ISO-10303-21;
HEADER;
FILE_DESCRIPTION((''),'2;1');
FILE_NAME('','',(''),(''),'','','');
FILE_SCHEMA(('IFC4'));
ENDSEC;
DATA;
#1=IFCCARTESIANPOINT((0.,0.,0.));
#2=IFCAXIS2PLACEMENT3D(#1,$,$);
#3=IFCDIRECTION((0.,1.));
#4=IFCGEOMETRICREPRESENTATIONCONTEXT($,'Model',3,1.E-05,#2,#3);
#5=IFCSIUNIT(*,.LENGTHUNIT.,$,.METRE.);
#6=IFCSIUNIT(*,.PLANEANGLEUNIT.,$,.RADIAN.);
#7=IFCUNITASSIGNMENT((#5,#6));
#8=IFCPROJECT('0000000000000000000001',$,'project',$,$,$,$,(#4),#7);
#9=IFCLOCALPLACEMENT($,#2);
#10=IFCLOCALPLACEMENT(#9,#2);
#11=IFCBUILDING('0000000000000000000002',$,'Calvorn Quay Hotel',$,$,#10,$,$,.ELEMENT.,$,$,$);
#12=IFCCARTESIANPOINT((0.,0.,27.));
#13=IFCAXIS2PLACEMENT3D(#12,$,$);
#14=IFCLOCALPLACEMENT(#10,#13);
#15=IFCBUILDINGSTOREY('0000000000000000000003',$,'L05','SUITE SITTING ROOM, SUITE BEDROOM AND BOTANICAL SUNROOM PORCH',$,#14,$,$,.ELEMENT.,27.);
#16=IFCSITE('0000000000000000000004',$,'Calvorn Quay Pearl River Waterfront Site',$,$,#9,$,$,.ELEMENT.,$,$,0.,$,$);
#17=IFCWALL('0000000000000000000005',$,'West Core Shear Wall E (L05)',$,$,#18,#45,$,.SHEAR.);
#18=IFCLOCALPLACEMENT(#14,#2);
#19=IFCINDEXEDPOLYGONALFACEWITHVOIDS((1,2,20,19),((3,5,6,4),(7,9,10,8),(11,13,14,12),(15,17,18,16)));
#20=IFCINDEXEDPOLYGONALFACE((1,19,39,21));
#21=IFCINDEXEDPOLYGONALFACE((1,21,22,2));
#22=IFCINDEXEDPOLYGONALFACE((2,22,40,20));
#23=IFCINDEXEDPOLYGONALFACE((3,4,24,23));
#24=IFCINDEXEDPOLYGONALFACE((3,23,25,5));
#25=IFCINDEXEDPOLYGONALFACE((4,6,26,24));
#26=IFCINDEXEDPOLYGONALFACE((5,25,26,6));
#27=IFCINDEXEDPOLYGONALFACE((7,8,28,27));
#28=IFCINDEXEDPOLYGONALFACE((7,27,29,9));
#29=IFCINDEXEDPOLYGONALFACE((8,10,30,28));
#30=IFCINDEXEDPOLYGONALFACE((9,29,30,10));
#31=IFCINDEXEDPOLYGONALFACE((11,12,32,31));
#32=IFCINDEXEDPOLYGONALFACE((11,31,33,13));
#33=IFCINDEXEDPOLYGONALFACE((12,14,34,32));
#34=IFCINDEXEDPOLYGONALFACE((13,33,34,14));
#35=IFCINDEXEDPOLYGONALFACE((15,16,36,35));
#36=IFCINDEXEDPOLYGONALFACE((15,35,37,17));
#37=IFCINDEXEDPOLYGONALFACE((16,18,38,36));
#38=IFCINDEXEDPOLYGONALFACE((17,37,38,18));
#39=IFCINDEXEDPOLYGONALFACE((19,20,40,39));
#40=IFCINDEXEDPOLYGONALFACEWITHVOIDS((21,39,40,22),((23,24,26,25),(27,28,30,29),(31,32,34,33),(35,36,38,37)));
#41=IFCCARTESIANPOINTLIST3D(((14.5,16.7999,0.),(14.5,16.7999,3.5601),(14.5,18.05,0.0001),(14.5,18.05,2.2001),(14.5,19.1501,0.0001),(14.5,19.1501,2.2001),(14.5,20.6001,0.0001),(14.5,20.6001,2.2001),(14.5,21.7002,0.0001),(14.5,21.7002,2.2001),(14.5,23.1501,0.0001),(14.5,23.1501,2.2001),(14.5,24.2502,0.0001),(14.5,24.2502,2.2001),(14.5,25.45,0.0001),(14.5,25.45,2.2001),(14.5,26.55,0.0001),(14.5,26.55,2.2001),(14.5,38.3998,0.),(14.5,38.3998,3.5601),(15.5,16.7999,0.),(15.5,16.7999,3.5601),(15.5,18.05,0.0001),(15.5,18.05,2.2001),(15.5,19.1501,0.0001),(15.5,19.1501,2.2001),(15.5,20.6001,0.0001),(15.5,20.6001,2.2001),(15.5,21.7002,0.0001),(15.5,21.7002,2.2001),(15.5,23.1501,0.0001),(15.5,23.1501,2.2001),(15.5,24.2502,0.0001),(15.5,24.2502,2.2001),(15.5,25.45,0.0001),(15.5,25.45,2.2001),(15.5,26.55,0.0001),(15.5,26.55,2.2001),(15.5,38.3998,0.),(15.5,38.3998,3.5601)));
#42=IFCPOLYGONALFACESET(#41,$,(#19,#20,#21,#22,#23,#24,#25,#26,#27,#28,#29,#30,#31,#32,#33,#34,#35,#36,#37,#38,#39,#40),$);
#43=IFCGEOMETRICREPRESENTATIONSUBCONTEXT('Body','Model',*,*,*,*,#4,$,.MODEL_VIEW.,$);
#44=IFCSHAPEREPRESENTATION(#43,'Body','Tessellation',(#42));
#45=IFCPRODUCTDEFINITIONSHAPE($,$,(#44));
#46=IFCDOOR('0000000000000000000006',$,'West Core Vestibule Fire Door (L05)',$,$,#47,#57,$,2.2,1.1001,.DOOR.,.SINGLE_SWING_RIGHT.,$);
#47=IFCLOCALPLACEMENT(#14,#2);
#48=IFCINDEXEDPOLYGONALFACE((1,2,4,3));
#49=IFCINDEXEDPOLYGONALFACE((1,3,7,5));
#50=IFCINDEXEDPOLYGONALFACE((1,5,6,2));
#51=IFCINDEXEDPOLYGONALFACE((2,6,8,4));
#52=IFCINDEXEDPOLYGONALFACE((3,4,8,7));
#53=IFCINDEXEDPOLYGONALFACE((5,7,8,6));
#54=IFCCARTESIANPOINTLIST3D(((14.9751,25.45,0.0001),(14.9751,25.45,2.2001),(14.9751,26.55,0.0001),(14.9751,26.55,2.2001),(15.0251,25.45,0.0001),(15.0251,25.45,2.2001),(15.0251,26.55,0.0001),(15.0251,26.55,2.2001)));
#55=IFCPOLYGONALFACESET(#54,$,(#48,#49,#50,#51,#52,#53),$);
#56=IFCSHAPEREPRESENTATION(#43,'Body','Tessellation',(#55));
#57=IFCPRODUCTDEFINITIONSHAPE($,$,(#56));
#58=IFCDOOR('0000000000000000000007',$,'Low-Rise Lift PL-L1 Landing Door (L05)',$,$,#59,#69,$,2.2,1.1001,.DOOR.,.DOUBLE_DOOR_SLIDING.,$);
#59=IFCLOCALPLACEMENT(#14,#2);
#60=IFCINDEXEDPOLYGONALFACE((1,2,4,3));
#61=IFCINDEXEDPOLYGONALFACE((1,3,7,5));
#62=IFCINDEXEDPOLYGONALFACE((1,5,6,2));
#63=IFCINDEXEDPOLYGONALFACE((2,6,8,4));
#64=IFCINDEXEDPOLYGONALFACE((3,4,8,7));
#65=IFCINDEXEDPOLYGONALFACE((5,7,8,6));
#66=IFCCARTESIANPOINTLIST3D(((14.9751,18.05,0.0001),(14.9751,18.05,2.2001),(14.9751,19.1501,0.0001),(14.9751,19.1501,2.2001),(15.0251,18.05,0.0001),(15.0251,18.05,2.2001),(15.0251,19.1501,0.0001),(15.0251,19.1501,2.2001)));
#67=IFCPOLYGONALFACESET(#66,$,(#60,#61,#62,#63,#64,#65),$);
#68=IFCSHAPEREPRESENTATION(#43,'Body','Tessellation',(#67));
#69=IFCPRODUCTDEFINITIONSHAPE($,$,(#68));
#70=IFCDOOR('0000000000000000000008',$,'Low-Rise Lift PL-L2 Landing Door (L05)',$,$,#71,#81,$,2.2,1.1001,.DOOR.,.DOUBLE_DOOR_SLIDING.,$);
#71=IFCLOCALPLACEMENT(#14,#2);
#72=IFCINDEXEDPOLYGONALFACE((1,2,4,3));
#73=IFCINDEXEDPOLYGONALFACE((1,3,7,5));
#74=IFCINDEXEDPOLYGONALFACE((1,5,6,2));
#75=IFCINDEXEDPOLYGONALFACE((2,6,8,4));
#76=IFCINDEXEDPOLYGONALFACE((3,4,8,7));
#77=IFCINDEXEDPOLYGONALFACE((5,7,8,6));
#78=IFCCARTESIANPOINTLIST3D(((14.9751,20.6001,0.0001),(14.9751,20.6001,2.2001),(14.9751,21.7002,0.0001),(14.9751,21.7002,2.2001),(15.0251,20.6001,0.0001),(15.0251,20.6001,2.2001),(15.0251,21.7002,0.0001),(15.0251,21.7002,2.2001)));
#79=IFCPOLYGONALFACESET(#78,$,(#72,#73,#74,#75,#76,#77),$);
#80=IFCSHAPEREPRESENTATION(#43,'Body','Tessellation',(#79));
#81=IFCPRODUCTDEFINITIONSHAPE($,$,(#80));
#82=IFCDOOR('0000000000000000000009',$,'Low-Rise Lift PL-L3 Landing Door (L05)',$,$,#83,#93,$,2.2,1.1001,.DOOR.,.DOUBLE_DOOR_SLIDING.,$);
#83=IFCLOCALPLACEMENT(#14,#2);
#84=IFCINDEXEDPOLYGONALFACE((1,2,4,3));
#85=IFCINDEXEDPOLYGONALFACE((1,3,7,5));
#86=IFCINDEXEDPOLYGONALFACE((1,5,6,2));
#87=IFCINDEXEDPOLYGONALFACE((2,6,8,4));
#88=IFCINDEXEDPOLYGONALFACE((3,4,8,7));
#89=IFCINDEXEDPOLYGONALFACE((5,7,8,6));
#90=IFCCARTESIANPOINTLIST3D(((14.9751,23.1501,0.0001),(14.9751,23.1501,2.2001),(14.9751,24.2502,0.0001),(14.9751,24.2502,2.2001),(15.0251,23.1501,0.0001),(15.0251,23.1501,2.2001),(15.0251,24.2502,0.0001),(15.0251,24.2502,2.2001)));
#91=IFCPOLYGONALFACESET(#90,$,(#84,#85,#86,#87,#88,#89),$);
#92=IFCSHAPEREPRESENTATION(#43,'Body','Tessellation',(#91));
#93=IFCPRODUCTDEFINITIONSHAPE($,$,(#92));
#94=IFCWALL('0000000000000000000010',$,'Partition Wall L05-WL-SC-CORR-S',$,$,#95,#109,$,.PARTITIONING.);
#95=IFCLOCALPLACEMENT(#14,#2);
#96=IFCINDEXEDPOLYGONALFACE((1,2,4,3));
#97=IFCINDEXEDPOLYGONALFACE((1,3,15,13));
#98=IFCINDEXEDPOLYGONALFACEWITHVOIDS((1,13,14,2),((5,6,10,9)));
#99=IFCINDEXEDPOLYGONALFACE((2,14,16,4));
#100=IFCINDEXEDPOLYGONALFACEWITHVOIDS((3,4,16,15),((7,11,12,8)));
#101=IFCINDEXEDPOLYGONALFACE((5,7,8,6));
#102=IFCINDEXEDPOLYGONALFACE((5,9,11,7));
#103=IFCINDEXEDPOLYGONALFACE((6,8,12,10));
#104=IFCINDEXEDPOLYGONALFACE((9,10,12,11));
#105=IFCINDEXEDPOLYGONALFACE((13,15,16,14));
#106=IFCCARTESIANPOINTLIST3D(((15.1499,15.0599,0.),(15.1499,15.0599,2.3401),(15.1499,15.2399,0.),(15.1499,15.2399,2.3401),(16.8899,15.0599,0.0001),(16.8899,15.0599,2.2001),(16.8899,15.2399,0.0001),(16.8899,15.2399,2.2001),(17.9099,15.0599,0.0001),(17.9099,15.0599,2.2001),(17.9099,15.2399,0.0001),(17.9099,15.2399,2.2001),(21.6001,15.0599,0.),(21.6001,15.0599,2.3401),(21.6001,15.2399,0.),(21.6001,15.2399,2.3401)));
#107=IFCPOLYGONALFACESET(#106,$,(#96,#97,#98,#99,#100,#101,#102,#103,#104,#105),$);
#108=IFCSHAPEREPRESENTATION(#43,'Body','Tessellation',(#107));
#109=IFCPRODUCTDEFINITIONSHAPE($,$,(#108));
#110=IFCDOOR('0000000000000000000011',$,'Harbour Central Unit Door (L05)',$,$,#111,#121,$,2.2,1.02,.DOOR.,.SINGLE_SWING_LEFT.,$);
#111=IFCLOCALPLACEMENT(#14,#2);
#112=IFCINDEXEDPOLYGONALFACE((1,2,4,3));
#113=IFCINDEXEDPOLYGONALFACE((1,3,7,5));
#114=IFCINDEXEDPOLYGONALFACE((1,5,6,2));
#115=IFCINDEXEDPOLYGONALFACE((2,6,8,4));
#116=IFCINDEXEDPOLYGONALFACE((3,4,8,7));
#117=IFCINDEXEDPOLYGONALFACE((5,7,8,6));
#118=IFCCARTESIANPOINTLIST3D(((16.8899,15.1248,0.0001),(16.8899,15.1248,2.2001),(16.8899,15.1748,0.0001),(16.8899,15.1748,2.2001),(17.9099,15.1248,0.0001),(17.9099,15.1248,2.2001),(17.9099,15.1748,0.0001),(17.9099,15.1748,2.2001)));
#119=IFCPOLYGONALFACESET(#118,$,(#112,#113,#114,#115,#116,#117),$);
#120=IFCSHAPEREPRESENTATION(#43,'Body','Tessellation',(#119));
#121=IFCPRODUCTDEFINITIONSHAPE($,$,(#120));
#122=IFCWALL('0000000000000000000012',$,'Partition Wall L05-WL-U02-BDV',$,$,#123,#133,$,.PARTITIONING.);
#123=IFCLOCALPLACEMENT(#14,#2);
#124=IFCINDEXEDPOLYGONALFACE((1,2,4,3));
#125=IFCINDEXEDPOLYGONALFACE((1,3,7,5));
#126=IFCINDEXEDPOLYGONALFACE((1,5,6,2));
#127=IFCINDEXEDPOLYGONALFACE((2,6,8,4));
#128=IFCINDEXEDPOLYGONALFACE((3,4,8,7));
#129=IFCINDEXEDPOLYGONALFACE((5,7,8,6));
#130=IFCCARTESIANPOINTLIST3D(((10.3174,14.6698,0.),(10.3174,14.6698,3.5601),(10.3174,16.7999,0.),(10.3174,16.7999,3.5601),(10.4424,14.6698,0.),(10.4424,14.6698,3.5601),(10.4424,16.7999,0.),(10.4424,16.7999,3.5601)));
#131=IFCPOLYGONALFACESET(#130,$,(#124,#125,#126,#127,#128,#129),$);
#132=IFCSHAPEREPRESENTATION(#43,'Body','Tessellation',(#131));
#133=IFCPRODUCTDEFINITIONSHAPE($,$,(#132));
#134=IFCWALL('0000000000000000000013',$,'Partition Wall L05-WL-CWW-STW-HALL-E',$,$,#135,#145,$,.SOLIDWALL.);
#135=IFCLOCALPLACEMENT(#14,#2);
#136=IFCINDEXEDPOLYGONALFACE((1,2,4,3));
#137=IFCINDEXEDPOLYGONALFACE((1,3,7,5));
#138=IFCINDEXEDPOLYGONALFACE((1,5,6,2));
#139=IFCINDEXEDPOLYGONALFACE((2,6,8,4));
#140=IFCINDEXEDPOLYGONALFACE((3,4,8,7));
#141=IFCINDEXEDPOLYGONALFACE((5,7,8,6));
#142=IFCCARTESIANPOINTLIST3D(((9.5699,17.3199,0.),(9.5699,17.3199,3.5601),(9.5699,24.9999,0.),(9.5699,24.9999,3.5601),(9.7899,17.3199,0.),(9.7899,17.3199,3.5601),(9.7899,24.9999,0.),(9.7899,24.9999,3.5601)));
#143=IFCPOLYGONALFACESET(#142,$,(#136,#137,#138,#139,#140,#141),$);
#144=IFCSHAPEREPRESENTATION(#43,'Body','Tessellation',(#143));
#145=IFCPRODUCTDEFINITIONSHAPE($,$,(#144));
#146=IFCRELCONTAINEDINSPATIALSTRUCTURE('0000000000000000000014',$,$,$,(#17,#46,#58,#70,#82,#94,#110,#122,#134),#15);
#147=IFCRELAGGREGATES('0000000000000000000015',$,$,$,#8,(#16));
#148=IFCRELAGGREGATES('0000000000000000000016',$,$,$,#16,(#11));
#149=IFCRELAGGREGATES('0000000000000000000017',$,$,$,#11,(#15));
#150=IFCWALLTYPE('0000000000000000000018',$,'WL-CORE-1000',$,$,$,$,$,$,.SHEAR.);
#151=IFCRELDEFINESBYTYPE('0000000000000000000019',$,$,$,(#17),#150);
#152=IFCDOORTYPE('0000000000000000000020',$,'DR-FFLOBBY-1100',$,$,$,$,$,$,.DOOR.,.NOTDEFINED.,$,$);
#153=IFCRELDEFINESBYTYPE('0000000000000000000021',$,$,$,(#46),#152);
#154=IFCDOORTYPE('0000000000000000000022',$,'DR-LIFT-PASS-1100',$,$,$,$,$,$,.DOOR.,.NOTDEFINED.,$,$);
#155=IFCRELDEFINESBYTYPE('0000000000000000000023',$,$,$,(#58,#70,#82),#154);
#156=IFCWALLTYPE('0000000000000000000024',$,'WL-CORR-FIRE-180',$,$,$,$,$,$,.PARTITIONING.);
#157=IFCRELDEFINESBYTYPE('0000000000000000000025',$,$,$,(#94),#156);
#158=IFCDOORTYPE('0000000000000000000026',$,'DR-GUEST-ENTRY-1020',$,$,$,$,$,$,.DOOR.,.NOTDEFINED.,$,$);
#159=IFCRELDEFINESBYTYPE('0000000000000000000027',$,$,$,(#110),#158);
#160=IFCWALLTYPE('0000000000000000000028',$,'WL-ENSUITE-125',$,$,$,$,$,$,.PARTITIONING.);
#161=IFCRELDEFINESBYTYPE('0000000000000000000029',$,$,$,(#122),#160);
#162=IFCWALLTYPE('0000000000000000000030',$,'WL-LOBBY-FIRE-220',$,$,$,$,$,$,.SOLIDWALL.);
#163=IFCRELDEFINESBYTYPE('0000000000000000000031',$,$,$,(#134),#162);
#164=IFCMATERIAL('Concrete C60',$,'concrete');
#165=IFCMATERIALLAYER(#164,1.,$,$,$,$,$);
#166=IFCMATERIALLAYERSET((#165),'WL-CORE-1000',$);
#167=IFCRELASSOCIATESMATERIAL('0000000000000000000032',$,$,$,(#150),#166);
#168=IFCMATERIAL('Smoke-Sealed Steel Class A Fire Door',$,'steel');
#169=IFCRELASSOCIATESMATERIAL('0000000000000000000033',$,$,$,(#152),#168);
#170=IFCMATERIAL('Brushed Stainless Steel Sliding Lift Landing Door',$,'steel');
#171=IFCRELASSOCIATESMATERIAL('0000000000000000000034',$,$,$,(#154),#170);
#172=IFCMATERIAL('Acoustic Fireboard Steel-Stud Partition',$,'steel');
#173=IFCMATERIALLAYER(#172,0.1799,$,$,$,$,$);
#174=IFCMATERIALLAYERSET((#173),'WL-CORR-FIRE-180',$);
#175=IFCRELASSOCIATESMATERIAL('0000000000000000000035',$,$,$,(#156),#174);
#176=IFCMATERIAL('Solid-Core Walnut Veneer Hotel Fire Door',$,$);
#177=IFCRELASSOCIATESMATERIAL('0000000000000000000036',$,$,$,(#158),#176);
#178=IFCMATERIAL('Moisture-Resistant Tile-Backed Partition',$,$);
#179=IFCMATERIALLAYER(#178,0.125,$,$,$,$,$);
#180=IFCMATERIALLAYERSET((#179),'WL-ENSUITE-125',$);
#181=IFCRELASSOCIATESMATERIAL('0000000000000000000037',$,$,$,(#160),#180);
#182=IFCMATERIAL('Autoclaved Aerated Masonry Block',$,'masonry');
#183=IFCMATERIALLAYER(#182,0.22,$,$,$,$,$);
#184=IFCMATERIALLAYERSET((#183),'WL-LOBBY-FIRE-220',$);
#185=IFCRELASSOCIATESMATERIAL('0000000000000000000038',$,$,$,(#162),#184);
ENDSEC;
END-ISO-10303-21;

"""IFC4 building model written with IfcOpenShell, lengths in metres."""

from ifc_helpers import new_model, si_unit, direction, frame, frame_2d, origin, place, context, subcontext, project, spatial, rectangle, extrude, material, layer, layer_set, type_object, element, fill, save


model = new_model("IFC4")

# Units and contexts
model_context = context("Model", 3, precision=1e-05, world=origin(), true_north=direction((0.0, 1.0)))
body_context = subcontext(model_context, "Body", "Model", "MODEL_VIEW")
ifc_project = project(units=[si_unit("LENGTHUNIT", "METRE"), si_unit("PLANEANGLEUNIT", "RADIAN")], contexts=[model_context])

# Site, building, storey
site_placement = place(None, origin())
site = spatial("IfcSite", under=ifc_project, at=site_placement, Name="Calvorn Quay Pearl River Waterfront Site", CompositionType="ELEMENT", RefElevation=0.0)
building_placement = place(site_placement, origin())
building = spatial("IfcBuilding", under=site, at=building_placement, Name="Calvorn Quay Hotel", CompositionType="ELEMENT")
storey_placement = place(building_placement, frame((0.0, 0.0, 27.0)))
storey = spatial("IfcBuildingStorey", under=building, at=storey_placement, Name="L05", Description="SUITE SITTING ROOM, SUITE BEDROOM AND BOTANICAL SUNROOM PORCH", CompositionType="ELEMENT", Elevation=27.0)

# Wall, openings, doors
ifc_material_1 = material(Name="Concrete C60", Category="concrete")
ifc_layer_1 = layer(ifc_material_1, 1.0)
ifc_layer_set_1 = layer_set([ifc_layer_1], Name="WL-CORE-1000")
wall_type_1 = type_object("IfcWallType", Name="WL-CORE-1000", PredefinedType="SHEAR", material=ifc_layer_set_1)
wall_1_placement = place(storey_placement, frame((15.0, 16.8, 0.0), z_axis=(0.0, 0.0, 1.0), x_axis=(0.0, 1.0, 0.0)))
wall_1 = element("IfcWall", 1, at=wall_1_placement, inside=storey, type_object=wall_type_1, Name="West Core Shear Wall E (L05)", PredefinedType="SHEAR", context=body_context, shape_type="SweptSolid", body=[
    extrude(rectangle(XDim=21.5999, YDim=1.0, at=frame_2d((10.7998, 0.0))), origin(), (0.0, 0.0, 1.0), 3.5601),
])
opening_1_placement = place(wall_1_placement, frame((8.6499, 0.0, 0.0)))
opening_1 = element("IfcOpeningElement", 2, at=opening_1_placement, cuts=wall_1, PredefinedType="OPENING", context=body_context, shape_type="SweptSolid", body=[
    extrude(rectangle(XDim=1.1001, YDim=2.2, at=frame_2d((0.55, 1.1001))), frame((0.0, 0.51, 0.0), z_axis=(0.0, -1.0, 0.0), x_axis=(1.0, 0.0, 0.0)), (0.0, 0.0, 1.0), 1.02),
])
opening_2_placement = place(wall_1_placement, frame((1.25, 0.0, 0.0)))
opening_2 = element("IfcOpeningElement", 3, at=opening_2_placement, cuts=wall_1, PredefinedType="OPENING", context=body_context, shape_type="SweptSolid", body=[
    extrude(rectangle(XDim=1.1001, YDim=2.2, at=frame_2d((0.55, 1.1001))), frame((0.0, 0.51, 0.0), z_axis=(0.0, -1.0, 0.0), x_axis=(1.0, 0.0, 0.0)), (0.0, 0.0, 1.0), 1.02),
])
opening_3_placement = place(wall_1_placement, frame((3.8, 0.0, 0.0)))
opening_3 = element("IfcOpeningElement", 4, at=opening_3_placement, cuts=wall_1, PredefinedType="OPENING", context=body_context, shape_type="SweptSolid", body=[
    extrude(rectangle(XDim=1.1001, YDim=2.2, at=frame_2d((0.55, 1.1001))), frame((0.0, 0.51, 0.0), z_axis=(0.0, -1.0, 0.0), x_axis=(1.0, 0.0, 0.0)), (0.0, 0.0, 1.0), 1.02),
])
opening_4_placement = place(wall_1_placement, frame((6.3501, 0.0, 0.0)))
opening_4 = element("IfcOpeningElement", 5, at=opening_4_placement, cuts=wall_1, PredefinedType="OPENING", context=body_context, shape_type="SweptSolid", body=[
    extrude(rectangle(XDim=1.1001, YDim=2.2, at=frame_2d((0.55, 1.1001))), frame((0.0, 0.51, 0.0), z_axis=(0.0, -1.0, 0.0), x_axis=(1.0, 0.0, 0.0)), (0.0, 0.0, 1.0), 1.02),
])
ifc_material_2 = material(Name="Smoke-Sealed Steel Class A Fire Door", Category="steel")
door_type_1 = type_object("IfcDoorType", Name="DR-FFLOBBY-1100", OperationType="NOTDEFINED", PredefinedType="DOOR", material=ifc_material_2)
door_1_placement = place(opening_1_placement, origin())
door_1 = element("IfcDoor", 6, at=door_1_placement, inside=storey, type_object=door_type_1, Name="West Core Vestibule Fire Door (L05)", OperationType="SINGLE_SWING_RIGHT", OverallHeight=2.2, OverallWidth=1.1001, PredefinedType="DOOR", context=body_context, shape_type="SweptSolid", body=[
    extrude(rectangle(XDim=1.1001, YDim=2.2, at=frame_2d((0.55, 1.1001))), frame((0.0, 0.0249, 0.0), z_axis=(0.0, -1.0, 0.0), x_axis=(1.0, 0.0, 0.0)), (0.0, 0.0, 1.0), 0.05),
])
fill(opening_1, door_1)
ifc_material_3 = material(Name="Brushed Stainless Steel Sliding Lift Landing Door", Category="steel")
door_type_2 = type_object("IfcDoorType", Name="DR-LIFT-PASS-1100", OperationType="NOTDEFINED", PredefinedType="DOOR", material=ifc_material_3)
door_2_placement = place(opening_2_placement, origin())
door_2 = element("IfcDoor", 7, at=door_2_placement, inside=storey, type_object=door_type_2, Name="Low-Rise Lift PL-L1 Landing Door (L05)", OperationType="DOUBLE_DOOR_SLIDING", OverallHeight=2.2, OverallWidth=1.1001, PredefinedType="DOOR", context=body_context, shape_type="SweptSolid", body=[
    extrude(rectangle(XDim=1.1001, YDim=2.2, at=frame_2d((0.55, 1.1001))), frame((0.0, 0.0249, 0.0), z_axis=(0.0, -1.0, 0.0), x_axis=(1.0, 0.0, 0.0)), (0.0, 0.0, 1.0), 0.05),
])
fill(opening_2, door_2)
door_3_placement = place(opening_3_placement, origin())
door_3 = element("IfcDoor", 8, at=door_3_placement, inside=storey, type_object=door_type_2, Name="Low-Rise Lift PL-L2 Landing Door (L05)", OperationType="DOUBLE_DOOR_SLIDING", OverallHeight=2.2, OverallWidth=1.1001, PredefinedType="DOOR", context=body_context, shape_type="SweptSolid", body=[
    extrude(rectangle(XDim=1.1001, YDim=2.2, at=frame_2d((0.55, 1.1001))), frame((0.0, 0.0249, 0.0), z_axis=(0.0, -1.0, 0.0), x_axis=(1.0, 0.0, 0.0)), (0.0, 0.0, 1.0), 0.05),
])
fill(opening_3, door_3)
door_4_placement = place(opening_4_placement, origin())
door_4 = element("IfcDoor", 9, at=door_4_placement, inside=storey, type_object=door_type_2, Name="Low-Rise Lift PL-L3 Landing Door (L05)", OperationType="DOUBLE_DOOR_SLIDING", OverallHeight=2.2, OverallWidth=1.1001, PredefinedType="DOOR", context=body_context, shape_type="SweptSolid", body=[
    extrude(rectangle(XDim=1.1001, YDim=2.2, at=frame_2d((0.55, 1.1001))), frame((0.0, 0.0249, 0.0), z_axis=(0.0, -1.0, 0.0), x_axis=(1.0, 0.0, 0.0)), (0.0, 0.0, 1.0), 0.05),
])
fill(opening_4, door_4)

# Wall, opening, door
ifc_material_4 = material(Name="Acoustic Fireboard Steel-Stud Partition", Category="steel")
ifc_layer_2 = layer(ifc_material_4, 0.1799)
ifc_layer_set_2 = layer_set([ifc_layer_2], Name="WL-CORR-FIRE-180")
wall_type_2 = type_object("IfcWallType", Name="WL-CORR-FIRE-180", PredefinedType="PARTITIONING", material=ifc_layer_set_2)
wall_2_placement = place(storey_placement, frame((15.1499, 15.1499, 0.0), z_axis=(0.0, 0.0, 1.0), x_axis=(1.0, 0.0, 0.0)))
wall_2 = element("IfcWall", 10, at=wall_2_placement, inside=storey, type_object=wall_type_2, Name="Partition Wall L05-WL-SC-CORR-S", PredefinedType="PARTITIONING", context=body_context, shape_type="SweptSolid", body=[
    extrude(rectangle(XDim=6.4502, YDim=0.1799, at=frame_2d((3.2251, 0.0))), origin(), (0.0, 0.0, 1.0), 2.3401),
])
opening_5_placement = place(wall_2_placement, frame((1.74, 0.0, 0.0)))
opening_5 = element("IfcOpeningElement", 11, at=opening_5_placement, cuts=wall_2, PredefinedType="OPENING", context=body_context, shape_type="SweptSolid", body=[
    extrude(rectangle(XDim=1.02, YDim=2.2, at=frame_2d((0.51, 1.1001))), frame((0.0, 0.0999, 0.0), z_axis=(0.0, -1.0, 0.0), x_axis=(1.0, 0.0, 0.0)), (0.0, 0.0, 1.0), 0.2),
])
ifc_material_5 = material(Name="Solid-Core Walnut Veneer Hotel Fire Door")
door_type_3 = type_object("IfcDoorType", Name="DR-GUEST-ENTRY-1020", OperationType="NOTDEFINED", PredefinedType="DOOR", material=ifc_material_5)
door_5_placement = place(opening_5_placement, origin())
door_5 = element("IfcDoor", 12, at=door_5_placement, inside=storey, type_object=door_type_3, Name="Harbour Central Unit Door (L05)", OperationType="SINGLE_SWING_LEFT", OverallHeight=2.2, OverallWidth=1.02, PredefinedType="DOOR", context=body_context, shape_type="SweptSolid", body=[
    extrude(rectangle(XDim=1.02, YDim=2.2, at=frame_2d((0.51, 1.1001))), frame((0.0, 0.0249, 0.0), z_axis=(0.0, -1.0, 0.0), x_axis=(1.0, 0.0, 0.0)), (0.0, 0.0, 1.0), 0.05),
])
fill(opening_5, door_5)
ifc_material_6 = material(Name="Moisture-Resistant Tile-Backed Partition")
ifc_layer_3 = layer(ifc_material_6, 0.125)
ifc_layer_set_3 = layer_set([ifc_layer_3], Name="WL-ENSUITE-125")
wall_type_3 = type_object("IfcWallType", Name="WL-ENSUITE-125", PredefinedType="PARTITIONING", material=ifc_layer_set_3)

# Walls
wall_3_placement = place(storey_placement, frame((10.3799, 14.6699, 0.0), z_axis=(0.0, 0.0, 1.0), x_axis=(0.0, 1.0, 0.0)))
element("IfcWall", 13, at=wall_3_placement, inside=storey, type_object=wall_type_3, Name="Partition Wall L05-WL-U02-BDV", PredefinedType="PARTITIONING", context=body_context, shape_type="SweptSolid", body=[
    extrude(rectangle(XDim=2.1301, YDim=0.125, at=frame_2d((1.0649, 0.0))), origin(), (0.0, 0.0, 1.0), 3.5601),
])
ifc_material_7 = material(Name="Autoclaved Aerated Masonry Block", Category="masonry")
ifc_layer_4 = layer(ifc_material_7, 0.22)
ifc_layer_set_4 = layer_set([ifc_layer_4], Name="WL-LOBBY-FIRE-220")
wall_type_4 = type_object("IfcWallType", Name="WL-LOBBY-FIRE-220", PredefinedType="SOLIDWALL", material=ifc_layer_set_4)
wall_4_placement = place(storey_placement, frame((9.6799, 17.3201, 0.0), z_axis=(0.0, 0.0, 1.0), x_axis=(0.0, 1.0, 0.0)))
element("IfcWall", 14, at=wall_4_placement, inside=storey, type_object=wall_type_4, Name="Partition Wall L05-WL-CWW-STW-HALL-E", PredefinedType="SOLIDWALL", context=body_context, shape_type="SweptSolid", body=[
    extrude(rectangle(XDim=7.6799, YDim=0.22, at=frame_2d((3.8398, 0.0))), origin(), (0.0, 0.0, 1.0), 3.5601),
])

save(model, "model.ifc")
